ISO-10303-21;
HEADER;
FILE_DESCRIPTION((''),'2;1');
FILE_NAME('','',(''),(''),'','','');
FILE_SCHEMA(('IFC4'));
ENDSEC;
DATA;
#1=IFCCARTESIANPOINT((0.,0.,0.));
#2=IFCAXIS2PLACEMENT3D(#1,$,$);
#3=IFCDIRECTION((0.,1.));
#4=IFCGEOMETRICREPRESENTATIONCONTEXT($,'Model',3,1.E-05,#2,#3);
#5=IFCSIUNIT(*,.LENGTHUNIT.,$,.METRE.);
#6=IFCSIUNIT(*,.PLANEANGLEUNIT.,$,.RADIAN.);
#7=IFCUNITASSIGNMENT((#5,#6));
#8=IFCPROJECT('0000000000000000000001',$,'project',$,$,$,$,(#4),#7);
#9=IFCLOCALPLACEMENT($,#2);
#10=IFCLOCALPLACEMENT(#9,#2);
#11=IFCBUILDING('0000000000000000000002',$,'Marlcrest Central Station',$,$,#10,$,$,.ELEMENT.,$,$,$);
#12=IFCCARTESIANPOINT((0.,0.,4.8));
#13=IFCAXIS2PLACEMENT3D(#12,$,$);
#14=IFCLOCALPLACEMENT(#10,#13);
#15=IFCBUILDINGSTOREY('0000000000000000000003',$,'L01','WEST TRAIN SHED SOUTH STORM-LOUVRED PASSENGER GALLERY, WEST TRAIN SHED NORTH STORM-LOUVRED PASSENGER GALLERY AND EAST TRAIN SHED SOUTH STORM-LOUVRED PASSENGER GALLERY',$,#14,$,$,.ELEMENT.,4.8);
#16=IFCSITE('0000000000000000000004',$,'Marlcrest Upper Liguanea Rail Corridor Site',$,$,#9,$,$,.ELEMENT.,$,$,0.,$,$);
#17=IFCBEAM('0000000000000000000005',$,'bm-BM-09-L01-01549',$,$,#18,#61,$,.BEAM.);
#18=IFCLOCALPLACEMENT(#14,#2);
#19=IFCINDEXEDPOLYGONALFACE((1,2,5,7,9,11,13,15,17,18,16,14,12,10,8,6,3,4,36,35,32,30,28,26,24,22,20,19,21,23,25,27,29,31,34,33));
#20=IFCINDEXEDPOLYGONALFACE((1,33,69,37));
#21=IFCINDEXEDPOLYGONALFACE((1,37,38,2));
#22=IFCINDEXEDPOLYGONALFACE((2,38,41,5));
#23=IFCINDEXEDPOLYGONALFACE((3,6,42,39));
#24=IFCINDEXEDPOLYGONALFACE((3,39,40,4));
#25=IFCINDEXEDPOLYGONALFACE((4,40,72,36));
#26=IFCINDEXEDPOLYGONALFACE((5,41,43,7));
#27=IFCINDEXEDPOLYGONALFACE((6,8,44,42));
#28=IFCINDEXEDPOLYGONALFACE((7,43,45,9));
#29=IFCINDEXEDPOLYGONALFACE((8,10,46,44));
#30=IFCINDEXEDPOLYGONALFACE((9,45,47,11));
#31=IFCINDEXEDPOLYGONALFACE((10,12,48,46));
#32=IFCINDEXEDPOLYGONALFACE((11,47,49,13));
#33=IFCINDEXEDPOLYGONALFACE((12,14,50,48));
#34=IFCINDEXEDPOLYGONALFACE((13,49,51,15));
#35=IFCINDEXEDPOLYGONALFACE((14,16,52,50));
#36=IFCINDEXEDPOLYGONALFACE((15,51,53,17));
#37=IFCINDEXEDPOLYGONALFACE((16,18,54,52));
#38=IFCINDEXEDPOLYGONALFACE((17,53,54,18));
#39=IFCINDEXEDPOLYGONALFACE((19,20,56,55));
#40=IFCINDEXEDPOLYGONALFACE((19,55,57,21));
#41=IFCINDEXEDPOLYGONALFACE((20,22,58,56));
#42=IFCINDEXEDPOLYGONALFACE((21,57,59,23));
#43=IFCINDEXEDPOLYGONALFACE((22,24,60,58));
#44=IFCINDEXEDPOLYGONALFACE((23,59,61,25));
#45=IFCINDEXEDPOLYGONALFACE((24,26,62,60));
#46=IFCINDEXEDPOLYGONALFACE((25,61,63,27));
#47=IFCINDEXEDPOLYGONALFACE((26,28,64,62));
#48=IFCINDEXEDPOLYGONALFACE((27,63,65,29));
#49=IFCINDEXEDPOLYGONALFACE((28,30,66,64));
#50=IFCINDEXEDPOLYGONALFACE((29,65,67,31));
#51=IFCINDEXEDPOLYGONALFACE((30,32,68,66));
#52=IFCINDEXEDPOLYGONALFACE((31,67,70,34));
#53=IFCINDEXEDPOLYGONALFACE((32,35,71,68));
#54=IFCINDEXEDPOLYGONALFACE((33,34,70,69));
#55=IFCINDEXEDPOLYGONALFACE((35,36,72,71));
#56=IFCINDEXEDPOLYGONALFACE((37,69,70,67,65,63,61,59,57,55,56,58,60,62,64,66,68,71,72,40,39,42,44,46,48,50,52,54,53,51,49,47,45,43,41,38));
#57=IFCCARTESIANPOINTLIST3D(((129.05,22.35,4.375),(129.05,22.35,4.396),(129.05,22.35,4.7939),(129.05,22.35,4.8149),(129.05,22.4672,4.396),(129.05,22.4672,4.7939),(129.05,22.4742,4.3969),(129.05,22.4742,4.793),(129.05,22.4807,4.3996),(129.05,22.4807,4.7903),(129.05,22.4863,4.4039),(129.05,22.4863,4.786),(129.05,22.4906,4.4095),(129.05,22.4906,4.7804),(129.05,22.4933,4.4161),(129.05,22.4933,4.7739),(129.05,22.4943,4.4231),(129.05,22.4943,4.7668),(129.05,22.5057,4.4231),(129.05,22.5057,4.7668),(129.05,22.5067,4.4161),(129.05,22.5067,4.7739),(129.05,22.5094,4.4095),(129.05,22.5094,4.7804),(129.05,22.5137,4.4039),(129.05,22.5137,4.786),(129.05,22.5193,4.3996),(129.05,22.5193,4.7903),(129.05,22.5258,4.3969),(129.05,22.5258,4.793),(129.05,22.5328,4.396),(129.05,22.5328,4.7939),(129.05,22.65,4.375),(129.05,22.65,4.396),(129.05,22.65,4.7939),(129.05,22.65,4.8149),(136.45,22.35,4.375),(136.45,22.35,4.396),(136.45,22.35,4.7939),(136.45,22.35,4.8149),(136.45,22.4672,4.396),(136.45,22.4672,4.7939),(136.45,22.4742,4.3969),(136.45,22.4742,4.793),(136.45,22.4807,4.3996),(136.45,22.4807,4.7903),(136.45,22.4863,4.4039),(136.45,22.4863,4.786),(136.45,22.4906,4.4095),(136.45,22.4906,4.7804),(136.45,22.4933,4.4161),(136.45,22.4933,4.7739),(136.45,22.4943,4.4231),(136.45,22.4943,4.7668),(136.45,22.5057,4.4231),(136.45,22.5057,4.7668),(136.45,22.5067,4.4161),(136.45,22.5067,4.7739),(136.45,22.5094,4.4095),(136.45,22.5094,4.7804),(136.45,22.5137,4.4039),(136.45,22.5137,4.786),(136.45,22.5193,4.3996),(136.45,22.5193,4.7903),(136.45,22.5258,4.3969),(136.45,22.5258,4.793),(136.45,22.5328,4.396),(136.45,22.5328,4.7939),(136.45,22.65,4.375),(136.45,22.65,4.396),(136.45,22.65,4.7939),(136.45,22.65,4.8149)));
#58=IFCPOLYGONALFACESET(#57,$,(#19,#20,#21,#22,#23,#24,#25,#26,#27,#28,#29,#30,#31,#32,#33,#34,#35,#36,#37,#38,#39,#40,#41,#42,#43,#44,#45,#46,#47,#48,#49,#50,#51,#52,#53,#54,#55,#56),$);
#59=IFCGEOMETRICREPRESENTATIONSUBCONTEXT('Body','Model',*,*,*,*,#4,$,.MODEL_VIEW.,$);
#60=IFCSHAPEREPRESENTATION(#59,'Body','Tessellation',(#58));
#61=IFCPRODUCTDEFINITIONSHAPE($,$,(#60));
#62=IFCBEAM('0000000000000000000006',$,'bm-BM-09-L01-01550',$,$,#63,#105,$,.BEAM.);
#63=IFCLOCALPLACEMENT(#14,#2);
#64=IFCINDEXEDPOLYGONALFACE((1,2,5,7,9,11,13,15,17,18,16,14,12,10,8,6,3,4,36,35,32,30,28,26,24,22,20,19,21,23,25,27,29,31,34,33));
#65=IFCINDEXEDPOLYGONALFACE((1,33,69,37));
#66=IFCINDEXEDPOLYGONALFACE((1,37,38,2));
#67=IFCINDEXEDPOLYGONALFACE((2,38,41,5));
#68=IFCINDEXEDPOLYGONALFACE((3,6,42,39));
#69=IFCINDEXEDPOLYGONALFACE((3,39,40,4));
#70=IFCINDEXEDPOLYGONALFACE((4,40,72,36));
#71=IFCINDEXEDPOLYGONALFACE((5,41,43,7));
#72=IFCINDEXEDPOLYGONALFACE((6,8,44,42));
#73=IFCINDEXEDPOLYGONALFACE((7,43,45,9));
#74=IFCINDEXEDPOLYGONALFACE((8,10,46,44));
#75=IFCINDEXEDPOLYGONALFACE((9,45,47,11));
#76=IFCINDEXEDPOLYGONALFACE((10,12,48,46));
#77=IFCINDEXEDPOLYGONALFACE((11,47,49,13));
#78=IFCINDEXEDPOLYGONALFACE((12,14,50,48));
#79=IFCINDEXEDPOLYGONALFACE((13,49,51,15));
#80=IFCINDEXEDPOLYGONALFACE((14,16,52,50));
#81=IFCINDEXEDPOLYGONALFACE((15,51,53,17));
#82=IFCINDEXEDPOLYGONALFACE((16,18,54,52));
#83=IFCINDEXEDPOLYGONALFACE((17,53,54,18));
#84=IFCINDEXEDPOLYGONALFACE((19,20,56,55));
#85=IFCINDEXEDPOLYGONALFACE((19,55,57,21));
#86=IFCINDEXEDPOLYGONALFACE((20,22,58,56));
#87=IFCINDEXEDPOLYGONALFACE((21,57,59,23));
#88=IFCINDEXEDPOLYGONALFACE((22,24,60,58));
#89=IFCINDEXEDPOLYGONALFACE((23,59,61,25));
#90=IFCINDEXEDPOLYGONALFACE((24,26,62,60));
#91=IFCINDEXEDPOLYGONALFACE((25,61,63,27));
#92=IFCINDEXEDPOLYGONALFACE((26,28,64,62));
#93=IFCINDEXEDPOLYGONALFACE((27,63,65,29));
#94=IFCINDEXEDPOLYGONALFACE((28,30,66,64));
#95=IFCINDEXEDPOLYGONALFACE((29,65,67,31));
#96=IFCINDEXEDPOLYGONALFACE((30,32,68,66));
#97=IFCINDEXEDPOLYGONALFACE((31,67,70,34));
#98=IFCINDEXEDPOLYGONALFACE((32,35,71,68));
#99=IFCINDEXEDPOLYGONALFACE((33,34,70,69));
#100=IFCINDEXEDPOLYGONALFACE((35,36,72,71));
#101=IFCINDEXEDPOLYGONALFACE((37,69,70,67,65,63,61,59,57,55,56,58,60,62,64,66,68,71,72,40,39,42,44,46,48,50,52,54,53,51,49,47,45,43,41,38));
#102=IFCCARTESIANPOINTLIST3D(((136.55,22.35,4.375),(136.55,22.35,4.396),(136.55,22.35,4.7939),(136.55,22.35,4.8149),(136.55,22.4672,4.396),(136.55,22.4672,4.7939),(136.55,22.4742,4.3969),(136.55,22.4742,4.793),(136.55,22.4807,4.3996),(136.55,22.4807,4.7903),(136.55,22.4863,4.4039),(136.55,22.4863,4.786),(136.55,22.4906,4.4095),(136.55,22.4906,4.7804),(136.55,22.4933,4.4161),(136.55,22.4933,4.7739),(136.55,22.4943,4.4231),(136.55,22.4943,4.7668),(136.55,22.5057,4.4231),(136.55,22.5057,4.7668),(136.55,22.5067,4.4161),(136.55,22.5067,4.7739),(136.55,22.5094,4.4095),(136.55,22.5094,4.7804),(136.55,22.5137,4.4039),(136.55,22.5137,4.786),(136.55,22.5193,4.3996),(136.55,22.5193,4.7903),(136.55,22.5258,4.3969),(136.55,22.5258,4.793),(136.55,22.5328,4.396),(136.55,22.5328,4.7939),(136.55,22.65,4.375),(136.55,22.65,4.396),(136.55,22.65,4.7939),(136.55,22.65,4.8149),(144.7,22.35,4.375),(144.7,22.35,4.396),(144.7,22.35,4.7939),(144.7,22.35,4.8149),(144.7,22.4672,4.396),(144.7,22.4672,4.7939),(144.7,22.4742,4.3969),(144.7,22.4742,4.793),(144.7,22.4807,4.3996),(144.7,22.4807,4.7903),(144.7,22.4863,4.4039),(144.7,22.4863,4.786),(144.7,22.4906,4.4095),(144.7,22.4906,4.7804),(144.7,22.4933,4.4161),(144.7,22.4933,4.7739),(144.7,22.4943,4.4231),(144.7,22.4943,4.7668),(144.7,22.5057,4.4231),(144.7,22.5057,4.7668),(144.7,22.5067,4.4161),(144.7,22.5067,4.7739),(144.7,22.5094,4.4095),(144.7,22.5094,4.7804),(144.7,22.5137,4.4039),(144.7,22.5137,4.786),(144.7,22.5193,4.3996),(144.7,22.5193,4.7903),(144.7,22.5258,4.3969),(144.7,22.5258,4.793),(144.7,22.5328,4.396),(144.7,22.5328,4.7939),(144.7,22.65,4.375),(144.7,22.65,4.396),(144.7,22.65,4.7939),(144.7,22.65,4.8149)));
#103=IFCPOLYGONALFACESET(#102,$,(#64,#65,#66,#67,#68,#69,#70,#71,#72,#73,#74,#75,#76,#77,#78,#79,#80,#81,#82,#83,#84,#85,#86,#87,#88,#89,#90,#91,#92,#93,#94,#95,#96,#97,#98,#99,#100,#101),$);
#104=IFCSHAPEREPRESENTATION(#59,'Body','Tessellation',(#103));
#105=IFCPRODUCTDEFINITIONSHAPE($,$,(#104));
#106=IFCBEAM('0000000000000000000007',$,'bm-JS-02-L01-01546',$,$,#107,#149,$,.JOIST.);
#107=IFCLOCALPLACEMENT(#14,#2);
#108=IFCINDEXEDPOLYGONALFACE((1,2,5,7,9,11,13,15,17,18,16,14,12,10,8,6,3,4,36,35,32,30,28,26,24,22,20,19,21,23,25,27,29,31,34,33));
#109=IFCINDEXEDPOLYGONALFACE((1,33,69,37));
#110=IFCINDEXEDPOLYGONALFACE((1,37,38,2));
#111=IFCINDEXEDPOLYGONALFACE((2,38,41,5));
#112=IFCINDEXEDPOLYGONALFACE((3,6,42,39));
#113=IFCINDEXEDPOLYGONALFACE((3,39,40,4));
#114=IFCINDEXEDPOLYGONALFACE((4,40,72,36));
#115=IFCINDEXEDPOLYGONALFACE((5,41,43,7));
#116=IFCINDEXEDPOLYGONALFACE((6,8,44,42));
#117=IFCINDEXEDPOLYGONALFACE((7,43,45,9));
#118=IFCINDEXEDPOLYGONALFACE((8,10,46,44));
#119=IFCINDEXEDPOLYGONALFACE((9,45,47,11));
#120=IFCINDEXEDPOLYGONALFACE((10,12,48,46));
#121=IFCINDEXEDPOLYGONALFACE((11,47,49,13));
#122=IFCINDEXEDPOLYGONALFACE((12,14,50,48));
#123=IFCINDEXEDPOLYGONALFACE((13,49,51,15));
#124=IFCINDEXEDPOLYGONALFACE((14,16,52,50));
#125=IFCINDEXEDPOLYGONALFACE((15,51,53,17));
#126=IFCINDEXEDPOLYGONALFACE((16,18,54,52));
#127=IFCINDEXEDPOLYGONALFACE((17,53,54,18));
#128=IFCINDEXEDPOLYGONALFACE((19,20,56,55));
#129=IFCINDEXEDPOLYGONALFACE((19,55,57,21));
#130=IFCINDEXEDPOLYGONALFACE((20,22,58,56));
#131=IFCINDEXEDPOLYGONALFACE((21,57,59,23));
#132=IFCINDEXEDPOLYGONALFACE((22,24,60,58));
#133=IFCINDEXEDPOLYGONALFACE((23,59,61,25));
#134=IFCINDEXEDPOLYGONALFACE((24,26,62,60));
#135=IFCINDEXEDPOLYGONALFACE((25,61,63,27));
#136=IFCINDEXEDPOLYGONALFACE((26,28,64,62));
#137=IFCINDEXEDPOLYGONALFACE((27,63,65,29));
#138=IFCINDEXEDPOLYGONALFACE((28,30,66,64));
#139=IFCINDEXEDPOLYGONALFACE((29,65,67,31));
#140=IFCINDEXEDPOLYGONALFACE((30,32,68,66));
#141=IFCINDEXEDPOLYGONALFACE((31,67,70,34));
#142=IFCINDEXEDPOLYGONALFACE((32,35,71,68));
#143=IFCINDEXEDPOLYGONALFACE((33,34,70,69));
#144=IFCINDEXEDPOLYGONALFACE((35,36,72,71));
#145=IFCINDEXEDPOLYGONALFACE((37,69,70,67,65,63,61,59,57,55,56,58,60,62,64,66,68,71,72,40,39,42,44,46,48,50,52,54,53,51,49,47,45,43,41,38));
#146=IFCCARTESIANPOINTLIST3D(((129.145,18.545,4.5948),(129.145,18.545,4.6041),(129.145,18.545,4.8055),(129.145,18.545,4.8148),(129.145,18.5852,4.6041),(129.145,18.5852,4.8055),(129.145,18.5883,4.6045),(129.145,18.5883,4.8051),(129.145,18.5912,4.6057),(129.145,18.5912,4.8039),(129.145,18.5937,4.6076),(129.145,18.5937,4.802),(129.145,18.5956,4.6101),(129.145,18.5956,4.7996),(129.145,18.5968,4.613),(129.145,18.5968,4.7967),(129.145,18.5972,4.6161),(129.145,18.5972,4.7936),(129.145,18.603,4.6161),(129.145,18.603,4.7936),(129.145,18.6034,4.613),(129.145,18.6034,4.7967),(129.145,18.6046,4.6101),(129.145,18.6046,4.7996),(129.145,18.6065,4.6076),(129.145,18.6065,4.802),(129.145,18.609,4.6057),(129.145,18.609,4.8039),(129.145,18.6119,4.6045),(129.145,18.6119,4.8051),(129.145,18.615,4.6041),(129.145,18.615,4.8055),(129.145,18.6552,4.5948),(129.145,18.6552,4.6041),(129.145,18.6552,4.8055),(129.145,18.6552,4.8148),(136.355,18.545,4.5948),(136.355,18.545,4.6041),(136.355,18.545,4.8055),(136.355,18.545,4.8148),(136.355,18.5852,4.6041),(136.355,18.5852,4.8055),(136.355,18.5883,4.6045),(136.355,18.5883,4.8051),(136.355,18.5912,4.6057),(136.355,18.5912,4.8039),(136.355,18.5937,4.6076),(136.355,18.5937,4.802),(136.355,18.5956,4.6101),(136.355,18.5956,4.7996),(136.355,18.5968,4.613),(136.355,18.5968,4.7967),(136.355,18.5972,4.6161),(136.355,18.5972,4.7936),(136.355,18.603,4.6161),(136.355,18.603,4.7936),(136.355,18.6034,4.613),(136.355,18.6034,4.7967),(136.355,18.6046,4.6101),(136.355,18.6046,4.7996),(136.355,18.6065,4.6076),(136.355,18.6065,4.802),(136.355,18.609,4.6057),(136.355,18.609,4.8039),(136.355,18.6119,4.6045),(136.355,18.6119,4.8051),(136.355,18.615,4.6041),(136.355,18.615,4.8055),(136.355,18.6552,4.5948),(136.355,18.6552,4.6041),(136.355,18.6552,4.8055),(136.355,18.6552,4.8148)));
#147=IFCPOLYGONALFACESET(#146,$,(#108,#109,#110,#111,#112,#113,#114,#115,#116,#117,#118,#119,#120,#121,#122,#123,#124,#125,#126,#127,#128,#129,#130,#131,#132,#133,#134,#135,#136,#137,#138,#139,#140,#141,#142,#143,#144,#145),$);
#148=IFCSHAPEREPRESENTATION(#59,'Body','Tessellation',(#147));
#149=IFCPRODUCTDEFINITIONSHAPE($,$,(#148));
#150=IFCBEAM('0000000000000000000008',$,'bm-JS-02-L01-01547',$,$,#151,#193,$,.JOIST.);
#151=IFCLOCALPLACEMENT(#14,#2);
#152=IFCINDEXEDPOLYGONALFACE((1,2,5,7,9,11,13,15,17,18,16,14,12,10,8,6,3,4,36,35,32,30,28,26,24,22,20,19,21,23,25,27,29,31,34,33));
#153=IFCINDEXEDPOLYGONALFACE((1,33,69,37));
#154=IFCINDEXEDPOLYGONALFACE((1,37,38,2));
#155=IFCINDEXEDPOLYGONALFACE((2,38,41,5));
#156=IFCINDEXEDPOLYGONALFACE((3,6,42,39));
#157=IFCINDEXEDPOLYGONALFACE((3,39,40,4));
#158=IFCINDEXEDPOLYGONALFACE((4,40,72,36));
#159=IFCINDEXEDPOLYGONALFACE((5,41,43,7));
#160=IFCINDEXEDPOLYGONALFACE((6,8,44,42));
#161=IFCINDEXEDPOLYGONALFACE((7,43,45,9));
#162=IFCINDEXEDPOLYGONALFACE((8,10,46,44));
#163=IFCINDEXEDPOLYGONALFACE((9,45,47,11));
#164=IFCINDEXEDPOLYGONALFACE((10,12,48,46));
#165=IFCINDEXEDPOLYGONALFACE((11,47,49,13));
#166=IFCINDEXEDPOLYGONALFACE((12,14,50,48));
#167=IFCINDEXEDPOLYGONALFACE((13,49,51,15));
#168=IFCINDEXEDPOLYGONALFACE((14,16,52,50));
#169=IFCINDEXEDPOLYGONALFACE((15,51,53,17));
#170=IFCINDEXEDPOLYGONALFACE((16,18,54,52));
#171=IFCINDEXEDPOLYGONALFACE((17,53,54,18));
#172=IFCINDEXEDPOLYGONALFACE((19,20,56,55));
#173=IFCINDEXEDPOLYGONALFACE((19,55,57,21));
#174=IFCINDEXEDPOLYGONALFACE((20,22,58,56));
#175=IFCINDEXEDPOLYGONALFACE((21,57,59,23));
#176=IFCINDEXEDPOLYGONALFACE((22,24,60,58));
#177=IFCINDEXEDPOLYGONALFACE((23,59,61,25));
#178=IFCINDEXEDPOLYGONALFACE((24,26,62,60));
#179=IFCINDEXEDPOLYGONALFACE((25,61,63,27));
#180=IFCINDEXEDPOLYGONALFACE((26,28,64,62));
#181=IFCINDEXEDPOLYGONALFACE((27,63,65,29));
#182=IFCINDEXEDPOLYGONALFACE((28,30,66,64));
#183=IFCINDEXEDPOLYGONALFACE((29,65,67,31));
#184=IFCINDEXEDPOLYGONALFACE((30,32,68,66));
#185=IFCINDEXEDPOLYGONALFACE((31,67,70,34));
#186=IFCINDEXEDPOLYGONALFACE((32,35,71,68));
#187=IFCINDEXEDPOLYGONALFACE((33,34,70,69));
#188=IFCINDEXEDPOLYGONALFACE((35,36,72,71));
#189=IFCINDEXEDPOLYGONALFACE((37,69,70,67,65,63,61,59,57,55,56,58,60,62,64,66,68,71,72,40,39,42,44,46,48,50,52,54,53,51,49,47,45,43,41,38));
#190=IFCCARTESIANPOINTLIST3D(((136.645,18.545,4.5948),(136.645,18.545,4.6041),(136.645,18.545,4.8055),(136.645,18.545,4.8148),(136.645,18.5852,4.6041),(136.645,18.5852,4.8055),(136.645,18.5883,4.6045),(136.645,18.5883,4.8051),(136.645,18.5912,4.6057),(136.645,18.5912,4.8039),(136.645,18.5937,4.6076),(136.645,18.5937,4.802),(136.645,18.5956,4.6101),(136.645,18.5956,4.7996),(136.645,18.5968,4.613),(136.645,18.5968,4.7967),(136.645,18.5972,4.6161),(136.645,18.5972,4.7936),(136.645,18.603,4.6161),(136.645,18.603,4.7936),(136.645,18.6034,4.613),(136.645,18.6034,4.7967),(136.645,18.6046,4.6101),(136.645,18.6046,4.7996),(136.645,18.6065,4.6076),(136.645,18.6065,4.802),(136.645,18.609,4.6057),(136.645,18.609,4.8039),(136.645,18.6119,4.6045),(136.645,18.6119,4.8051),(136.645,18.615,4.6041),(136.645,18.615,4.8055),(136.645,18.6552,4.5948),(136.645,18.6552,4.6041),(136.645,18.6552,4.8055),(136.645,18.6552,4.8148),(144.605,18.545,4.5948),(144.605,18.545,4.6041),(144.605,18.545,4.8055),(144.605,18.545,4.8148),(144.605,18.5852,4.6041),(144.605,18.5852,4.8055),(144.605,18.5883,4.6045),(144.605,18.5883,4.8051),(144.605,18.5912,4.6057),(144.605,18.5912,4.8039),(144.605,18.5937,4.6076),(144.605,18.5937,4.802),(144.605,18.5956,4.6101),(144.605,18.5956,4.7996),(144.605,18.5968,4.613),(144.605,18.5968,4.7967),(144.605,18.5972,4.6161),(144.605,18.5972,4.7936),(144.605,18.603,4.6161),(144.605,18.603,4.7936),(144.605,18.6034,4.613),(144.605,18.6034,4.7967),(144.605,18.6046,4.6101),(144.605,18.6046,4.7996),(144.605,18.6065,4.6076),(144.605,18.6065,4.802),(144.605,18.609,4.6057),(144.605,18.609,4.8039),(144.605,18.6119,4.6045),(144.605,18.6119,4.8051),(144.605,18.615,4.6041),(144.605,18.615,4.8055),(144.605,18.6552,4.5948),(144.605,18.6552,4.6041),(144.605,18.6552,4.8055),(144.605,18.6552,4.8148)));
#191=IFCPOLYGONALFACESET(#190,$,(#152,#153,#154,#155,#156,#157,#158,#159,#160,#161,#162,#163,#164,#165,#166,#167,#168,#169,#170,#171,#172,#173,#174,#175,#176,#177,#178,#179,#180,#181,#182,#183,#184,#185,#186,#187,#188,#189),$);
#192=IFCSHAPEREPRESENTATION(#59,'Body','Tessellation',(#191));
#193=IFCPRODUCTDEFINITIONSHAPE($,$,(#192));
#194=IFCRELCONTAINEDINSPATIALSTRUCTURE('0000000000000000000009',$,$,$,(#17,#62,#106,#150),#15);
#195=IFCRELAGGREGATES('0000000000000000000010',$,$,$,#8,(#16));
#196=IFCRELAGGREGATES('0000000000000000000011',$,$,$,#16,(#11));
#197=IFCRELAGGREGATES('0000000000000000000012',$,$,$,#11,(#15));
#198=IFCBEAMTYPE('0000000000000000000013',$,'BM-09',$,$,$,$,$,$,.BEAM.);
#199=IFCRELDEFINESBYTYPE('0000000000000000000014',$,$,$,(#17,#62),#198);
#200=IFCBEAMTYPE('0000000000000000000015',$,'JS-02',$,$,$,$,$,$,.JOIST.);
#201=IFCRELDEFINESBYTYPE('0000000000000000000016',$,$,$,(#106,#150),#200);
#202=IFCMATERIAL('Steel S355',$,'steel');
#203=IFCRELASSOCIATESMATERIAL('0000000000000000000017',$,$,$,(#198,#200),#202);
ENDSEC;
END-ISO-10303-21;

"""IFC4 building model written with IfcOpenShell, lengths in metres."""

from ifc_helpers import new_model, si_unit, direction, frame, origin, origin_2d, place, context, subcontext, project, spatial, i_section, extrude, material, material_profile, profile_set, type_object, element, save


model = new_model("IFC4")

# Units and contexts
model_context = context("Model", 3, precision=1e-05, world=origin(), true_north=direction((0.0, 1.0)))
body_context = subcontext(model_context, "Body", "Model", "MODEL_VIEW")
ifc_project = project(units=[si_unit("LENGTHUNIT", "METRE"), si_unit("PLANEANGLEUNIT", "RADIAN")], contexts=[model_context])

# Site, building, storey
site_placement = place(None, origin())
site = spatial("IfcSite", under=ifc_project, at=site_placement, Name="Marlcrest Upper Liguanea Rail Corridor Site", CompositionType="ELEMENT", RefElevation=0.0)
building_placement = place(site_placement, origin())
building = spatial("IfcBuilding", under=site, at=building_placement, Name="Marlcrest Central Station", CompositionType="ELEMENT")
storey_placement = place(building_placement, frame((0.0, 0.0, 4.8)))
storey = spatial("IfcBuildingStorey", under=building, at=storey_placement, Name="L01", Description="WEST TRAIN SHED SOUTH STORM-LOUVRED PASSENGER GALLERY, WEST TRAIN SHED NORTH STORM-LOUVRED PASSENGER GALLERY AND EAST TRAIN SHED SOUTH STORM-LOUVRED PASSENGER GALLERY", CompositionType="ELEMENT", Elevation=4.8)

# Shared definitions
ifc_material_1 = material(Name="Steel S355", Category="steel")

# Beams
ifc_material_profile_1 = material_profile(ifc_material_1, i_section(OverallWidth=0.3, OverallDepth=0.4399, WebThickness=0.0115, FlangeThickness=0.021, FilletRadius=0.0271, at=origin_2d()), Name="HEA 450")
ifc_profile_set_1 = profile_set([ifc_material_profile_1], Name="Steel S355")
beam_type_1 = type_object("IfcBeamType", Name="BM-09", PredefinedType="BEAM", material=ifc_profile_set_1)
beam_1_placement = place(storey_placement, frame((129.05, 22.5, 4.595), z_axis=(1.0, 0.0, 0.0), x_axis=(0.0, 1.0, 0.0)))
element("IfcBeam", 1, at=beam_1_placement, inside=storey, type_object=beam_type_1, Name="bm-BM-09-L01-01549", PredefinedType="BEAM", context=body_context, shape_type="SweptSolid", body=[
    extrude(i_section(OverallWidth=0.3, OverallDepth=0.4399, WebThickness=0.0115, FlangeThickness=0.021, FilletRadius=0.0271, at=origin_2d()), origin(), (0.0, 0.0, 1.0), 7.3999),
])
beam_2_placement = place(storey_placement, frame((136.55, 22.5, 4.595), z_axis=(1.0, 0.0, 0.0), x_axis=(0.0, 1.0, 0.0)))
element("IfcBeam", 2, at=beam_2_placement, inside=storey, type_object=beam_type_1, Name="bm-BM-09-L01-01550", PredefinedType="BEAM", context=body_context, shape_type="SweptSolid", body=[
    extrude(i_section(OverallWidth=0.3, OverallDepth=0.4399, WebThickness=0.0115, FlangeThickness=0.021, FilletRadius=0.0271, at=origin_2d()), origin(), (0.0, 0.0, 1.0), 8.1499),
])
ifc_material_profile_2 = material_profile(ifc_material_1, i_section(OverallWidth=0.1101, OverallDepth=0.22, WebThickness=0.0059, FlangeThickness=0.0093, FilletRadius=0.012, at=origin_2d()), Name="IPE 220")
ifc_profile_set_2 = profile_set([ifc_material_profile_2], Name="Steel S355")
beam_type_2 = type_object("IfcBeamType", Name="JS-02", PredefinedType="JOIST", material=ifc_profile_set_2)
beam_3_placement = place(storey_placement, frame((129.145, 18.6001, 4.7048), z_axis=(1.0, 0.0, 0.0), x_axis=(0.0, 1.0, 0.0)))
element("IfcBeam", 3, at=beam_3_placement, inside=storey, type_object=beam_type_2, Name="bm-JS-02-L01-01546", PredefinedType="JOIST", context=body_context, shape_type="SweptSolid", body=[
    extrude(i_section(OverallWidth=0.1101, OverallDepth=0.22, WebThickness=0.0059, FlangeThickness=0.0093, FilletRadius=0.012, at=origin_2d()), origin(), (0.0, 0.0, 1.0), 7.21),
])
beam_4_placement = place(storey_placement, frame((136.645, 18.6001, 4.7048), z_axis=(1.0, 0.0, 0.0), x_axis=(0.0, 1.0, 0.0)))
element("IfcBeam", 4, at=beam_4_placement, inside=storey, type_object=beam_type_2, Name="bm-JS-02-L01-01547", PredefinedType="JOIST", context=body_context, shape_type="SweptSolid", body=[
    extrude(i_section(OverallWidth=0.1101, OverallDepth=0.22, WebThickness=0.0059, FlangeThickness=0.0093, FilletRadius=0.012, at=origin_2d()), origin(), (0.0, 0.0, 1.0), 7.96),
])

save(model, "model.ifc")
